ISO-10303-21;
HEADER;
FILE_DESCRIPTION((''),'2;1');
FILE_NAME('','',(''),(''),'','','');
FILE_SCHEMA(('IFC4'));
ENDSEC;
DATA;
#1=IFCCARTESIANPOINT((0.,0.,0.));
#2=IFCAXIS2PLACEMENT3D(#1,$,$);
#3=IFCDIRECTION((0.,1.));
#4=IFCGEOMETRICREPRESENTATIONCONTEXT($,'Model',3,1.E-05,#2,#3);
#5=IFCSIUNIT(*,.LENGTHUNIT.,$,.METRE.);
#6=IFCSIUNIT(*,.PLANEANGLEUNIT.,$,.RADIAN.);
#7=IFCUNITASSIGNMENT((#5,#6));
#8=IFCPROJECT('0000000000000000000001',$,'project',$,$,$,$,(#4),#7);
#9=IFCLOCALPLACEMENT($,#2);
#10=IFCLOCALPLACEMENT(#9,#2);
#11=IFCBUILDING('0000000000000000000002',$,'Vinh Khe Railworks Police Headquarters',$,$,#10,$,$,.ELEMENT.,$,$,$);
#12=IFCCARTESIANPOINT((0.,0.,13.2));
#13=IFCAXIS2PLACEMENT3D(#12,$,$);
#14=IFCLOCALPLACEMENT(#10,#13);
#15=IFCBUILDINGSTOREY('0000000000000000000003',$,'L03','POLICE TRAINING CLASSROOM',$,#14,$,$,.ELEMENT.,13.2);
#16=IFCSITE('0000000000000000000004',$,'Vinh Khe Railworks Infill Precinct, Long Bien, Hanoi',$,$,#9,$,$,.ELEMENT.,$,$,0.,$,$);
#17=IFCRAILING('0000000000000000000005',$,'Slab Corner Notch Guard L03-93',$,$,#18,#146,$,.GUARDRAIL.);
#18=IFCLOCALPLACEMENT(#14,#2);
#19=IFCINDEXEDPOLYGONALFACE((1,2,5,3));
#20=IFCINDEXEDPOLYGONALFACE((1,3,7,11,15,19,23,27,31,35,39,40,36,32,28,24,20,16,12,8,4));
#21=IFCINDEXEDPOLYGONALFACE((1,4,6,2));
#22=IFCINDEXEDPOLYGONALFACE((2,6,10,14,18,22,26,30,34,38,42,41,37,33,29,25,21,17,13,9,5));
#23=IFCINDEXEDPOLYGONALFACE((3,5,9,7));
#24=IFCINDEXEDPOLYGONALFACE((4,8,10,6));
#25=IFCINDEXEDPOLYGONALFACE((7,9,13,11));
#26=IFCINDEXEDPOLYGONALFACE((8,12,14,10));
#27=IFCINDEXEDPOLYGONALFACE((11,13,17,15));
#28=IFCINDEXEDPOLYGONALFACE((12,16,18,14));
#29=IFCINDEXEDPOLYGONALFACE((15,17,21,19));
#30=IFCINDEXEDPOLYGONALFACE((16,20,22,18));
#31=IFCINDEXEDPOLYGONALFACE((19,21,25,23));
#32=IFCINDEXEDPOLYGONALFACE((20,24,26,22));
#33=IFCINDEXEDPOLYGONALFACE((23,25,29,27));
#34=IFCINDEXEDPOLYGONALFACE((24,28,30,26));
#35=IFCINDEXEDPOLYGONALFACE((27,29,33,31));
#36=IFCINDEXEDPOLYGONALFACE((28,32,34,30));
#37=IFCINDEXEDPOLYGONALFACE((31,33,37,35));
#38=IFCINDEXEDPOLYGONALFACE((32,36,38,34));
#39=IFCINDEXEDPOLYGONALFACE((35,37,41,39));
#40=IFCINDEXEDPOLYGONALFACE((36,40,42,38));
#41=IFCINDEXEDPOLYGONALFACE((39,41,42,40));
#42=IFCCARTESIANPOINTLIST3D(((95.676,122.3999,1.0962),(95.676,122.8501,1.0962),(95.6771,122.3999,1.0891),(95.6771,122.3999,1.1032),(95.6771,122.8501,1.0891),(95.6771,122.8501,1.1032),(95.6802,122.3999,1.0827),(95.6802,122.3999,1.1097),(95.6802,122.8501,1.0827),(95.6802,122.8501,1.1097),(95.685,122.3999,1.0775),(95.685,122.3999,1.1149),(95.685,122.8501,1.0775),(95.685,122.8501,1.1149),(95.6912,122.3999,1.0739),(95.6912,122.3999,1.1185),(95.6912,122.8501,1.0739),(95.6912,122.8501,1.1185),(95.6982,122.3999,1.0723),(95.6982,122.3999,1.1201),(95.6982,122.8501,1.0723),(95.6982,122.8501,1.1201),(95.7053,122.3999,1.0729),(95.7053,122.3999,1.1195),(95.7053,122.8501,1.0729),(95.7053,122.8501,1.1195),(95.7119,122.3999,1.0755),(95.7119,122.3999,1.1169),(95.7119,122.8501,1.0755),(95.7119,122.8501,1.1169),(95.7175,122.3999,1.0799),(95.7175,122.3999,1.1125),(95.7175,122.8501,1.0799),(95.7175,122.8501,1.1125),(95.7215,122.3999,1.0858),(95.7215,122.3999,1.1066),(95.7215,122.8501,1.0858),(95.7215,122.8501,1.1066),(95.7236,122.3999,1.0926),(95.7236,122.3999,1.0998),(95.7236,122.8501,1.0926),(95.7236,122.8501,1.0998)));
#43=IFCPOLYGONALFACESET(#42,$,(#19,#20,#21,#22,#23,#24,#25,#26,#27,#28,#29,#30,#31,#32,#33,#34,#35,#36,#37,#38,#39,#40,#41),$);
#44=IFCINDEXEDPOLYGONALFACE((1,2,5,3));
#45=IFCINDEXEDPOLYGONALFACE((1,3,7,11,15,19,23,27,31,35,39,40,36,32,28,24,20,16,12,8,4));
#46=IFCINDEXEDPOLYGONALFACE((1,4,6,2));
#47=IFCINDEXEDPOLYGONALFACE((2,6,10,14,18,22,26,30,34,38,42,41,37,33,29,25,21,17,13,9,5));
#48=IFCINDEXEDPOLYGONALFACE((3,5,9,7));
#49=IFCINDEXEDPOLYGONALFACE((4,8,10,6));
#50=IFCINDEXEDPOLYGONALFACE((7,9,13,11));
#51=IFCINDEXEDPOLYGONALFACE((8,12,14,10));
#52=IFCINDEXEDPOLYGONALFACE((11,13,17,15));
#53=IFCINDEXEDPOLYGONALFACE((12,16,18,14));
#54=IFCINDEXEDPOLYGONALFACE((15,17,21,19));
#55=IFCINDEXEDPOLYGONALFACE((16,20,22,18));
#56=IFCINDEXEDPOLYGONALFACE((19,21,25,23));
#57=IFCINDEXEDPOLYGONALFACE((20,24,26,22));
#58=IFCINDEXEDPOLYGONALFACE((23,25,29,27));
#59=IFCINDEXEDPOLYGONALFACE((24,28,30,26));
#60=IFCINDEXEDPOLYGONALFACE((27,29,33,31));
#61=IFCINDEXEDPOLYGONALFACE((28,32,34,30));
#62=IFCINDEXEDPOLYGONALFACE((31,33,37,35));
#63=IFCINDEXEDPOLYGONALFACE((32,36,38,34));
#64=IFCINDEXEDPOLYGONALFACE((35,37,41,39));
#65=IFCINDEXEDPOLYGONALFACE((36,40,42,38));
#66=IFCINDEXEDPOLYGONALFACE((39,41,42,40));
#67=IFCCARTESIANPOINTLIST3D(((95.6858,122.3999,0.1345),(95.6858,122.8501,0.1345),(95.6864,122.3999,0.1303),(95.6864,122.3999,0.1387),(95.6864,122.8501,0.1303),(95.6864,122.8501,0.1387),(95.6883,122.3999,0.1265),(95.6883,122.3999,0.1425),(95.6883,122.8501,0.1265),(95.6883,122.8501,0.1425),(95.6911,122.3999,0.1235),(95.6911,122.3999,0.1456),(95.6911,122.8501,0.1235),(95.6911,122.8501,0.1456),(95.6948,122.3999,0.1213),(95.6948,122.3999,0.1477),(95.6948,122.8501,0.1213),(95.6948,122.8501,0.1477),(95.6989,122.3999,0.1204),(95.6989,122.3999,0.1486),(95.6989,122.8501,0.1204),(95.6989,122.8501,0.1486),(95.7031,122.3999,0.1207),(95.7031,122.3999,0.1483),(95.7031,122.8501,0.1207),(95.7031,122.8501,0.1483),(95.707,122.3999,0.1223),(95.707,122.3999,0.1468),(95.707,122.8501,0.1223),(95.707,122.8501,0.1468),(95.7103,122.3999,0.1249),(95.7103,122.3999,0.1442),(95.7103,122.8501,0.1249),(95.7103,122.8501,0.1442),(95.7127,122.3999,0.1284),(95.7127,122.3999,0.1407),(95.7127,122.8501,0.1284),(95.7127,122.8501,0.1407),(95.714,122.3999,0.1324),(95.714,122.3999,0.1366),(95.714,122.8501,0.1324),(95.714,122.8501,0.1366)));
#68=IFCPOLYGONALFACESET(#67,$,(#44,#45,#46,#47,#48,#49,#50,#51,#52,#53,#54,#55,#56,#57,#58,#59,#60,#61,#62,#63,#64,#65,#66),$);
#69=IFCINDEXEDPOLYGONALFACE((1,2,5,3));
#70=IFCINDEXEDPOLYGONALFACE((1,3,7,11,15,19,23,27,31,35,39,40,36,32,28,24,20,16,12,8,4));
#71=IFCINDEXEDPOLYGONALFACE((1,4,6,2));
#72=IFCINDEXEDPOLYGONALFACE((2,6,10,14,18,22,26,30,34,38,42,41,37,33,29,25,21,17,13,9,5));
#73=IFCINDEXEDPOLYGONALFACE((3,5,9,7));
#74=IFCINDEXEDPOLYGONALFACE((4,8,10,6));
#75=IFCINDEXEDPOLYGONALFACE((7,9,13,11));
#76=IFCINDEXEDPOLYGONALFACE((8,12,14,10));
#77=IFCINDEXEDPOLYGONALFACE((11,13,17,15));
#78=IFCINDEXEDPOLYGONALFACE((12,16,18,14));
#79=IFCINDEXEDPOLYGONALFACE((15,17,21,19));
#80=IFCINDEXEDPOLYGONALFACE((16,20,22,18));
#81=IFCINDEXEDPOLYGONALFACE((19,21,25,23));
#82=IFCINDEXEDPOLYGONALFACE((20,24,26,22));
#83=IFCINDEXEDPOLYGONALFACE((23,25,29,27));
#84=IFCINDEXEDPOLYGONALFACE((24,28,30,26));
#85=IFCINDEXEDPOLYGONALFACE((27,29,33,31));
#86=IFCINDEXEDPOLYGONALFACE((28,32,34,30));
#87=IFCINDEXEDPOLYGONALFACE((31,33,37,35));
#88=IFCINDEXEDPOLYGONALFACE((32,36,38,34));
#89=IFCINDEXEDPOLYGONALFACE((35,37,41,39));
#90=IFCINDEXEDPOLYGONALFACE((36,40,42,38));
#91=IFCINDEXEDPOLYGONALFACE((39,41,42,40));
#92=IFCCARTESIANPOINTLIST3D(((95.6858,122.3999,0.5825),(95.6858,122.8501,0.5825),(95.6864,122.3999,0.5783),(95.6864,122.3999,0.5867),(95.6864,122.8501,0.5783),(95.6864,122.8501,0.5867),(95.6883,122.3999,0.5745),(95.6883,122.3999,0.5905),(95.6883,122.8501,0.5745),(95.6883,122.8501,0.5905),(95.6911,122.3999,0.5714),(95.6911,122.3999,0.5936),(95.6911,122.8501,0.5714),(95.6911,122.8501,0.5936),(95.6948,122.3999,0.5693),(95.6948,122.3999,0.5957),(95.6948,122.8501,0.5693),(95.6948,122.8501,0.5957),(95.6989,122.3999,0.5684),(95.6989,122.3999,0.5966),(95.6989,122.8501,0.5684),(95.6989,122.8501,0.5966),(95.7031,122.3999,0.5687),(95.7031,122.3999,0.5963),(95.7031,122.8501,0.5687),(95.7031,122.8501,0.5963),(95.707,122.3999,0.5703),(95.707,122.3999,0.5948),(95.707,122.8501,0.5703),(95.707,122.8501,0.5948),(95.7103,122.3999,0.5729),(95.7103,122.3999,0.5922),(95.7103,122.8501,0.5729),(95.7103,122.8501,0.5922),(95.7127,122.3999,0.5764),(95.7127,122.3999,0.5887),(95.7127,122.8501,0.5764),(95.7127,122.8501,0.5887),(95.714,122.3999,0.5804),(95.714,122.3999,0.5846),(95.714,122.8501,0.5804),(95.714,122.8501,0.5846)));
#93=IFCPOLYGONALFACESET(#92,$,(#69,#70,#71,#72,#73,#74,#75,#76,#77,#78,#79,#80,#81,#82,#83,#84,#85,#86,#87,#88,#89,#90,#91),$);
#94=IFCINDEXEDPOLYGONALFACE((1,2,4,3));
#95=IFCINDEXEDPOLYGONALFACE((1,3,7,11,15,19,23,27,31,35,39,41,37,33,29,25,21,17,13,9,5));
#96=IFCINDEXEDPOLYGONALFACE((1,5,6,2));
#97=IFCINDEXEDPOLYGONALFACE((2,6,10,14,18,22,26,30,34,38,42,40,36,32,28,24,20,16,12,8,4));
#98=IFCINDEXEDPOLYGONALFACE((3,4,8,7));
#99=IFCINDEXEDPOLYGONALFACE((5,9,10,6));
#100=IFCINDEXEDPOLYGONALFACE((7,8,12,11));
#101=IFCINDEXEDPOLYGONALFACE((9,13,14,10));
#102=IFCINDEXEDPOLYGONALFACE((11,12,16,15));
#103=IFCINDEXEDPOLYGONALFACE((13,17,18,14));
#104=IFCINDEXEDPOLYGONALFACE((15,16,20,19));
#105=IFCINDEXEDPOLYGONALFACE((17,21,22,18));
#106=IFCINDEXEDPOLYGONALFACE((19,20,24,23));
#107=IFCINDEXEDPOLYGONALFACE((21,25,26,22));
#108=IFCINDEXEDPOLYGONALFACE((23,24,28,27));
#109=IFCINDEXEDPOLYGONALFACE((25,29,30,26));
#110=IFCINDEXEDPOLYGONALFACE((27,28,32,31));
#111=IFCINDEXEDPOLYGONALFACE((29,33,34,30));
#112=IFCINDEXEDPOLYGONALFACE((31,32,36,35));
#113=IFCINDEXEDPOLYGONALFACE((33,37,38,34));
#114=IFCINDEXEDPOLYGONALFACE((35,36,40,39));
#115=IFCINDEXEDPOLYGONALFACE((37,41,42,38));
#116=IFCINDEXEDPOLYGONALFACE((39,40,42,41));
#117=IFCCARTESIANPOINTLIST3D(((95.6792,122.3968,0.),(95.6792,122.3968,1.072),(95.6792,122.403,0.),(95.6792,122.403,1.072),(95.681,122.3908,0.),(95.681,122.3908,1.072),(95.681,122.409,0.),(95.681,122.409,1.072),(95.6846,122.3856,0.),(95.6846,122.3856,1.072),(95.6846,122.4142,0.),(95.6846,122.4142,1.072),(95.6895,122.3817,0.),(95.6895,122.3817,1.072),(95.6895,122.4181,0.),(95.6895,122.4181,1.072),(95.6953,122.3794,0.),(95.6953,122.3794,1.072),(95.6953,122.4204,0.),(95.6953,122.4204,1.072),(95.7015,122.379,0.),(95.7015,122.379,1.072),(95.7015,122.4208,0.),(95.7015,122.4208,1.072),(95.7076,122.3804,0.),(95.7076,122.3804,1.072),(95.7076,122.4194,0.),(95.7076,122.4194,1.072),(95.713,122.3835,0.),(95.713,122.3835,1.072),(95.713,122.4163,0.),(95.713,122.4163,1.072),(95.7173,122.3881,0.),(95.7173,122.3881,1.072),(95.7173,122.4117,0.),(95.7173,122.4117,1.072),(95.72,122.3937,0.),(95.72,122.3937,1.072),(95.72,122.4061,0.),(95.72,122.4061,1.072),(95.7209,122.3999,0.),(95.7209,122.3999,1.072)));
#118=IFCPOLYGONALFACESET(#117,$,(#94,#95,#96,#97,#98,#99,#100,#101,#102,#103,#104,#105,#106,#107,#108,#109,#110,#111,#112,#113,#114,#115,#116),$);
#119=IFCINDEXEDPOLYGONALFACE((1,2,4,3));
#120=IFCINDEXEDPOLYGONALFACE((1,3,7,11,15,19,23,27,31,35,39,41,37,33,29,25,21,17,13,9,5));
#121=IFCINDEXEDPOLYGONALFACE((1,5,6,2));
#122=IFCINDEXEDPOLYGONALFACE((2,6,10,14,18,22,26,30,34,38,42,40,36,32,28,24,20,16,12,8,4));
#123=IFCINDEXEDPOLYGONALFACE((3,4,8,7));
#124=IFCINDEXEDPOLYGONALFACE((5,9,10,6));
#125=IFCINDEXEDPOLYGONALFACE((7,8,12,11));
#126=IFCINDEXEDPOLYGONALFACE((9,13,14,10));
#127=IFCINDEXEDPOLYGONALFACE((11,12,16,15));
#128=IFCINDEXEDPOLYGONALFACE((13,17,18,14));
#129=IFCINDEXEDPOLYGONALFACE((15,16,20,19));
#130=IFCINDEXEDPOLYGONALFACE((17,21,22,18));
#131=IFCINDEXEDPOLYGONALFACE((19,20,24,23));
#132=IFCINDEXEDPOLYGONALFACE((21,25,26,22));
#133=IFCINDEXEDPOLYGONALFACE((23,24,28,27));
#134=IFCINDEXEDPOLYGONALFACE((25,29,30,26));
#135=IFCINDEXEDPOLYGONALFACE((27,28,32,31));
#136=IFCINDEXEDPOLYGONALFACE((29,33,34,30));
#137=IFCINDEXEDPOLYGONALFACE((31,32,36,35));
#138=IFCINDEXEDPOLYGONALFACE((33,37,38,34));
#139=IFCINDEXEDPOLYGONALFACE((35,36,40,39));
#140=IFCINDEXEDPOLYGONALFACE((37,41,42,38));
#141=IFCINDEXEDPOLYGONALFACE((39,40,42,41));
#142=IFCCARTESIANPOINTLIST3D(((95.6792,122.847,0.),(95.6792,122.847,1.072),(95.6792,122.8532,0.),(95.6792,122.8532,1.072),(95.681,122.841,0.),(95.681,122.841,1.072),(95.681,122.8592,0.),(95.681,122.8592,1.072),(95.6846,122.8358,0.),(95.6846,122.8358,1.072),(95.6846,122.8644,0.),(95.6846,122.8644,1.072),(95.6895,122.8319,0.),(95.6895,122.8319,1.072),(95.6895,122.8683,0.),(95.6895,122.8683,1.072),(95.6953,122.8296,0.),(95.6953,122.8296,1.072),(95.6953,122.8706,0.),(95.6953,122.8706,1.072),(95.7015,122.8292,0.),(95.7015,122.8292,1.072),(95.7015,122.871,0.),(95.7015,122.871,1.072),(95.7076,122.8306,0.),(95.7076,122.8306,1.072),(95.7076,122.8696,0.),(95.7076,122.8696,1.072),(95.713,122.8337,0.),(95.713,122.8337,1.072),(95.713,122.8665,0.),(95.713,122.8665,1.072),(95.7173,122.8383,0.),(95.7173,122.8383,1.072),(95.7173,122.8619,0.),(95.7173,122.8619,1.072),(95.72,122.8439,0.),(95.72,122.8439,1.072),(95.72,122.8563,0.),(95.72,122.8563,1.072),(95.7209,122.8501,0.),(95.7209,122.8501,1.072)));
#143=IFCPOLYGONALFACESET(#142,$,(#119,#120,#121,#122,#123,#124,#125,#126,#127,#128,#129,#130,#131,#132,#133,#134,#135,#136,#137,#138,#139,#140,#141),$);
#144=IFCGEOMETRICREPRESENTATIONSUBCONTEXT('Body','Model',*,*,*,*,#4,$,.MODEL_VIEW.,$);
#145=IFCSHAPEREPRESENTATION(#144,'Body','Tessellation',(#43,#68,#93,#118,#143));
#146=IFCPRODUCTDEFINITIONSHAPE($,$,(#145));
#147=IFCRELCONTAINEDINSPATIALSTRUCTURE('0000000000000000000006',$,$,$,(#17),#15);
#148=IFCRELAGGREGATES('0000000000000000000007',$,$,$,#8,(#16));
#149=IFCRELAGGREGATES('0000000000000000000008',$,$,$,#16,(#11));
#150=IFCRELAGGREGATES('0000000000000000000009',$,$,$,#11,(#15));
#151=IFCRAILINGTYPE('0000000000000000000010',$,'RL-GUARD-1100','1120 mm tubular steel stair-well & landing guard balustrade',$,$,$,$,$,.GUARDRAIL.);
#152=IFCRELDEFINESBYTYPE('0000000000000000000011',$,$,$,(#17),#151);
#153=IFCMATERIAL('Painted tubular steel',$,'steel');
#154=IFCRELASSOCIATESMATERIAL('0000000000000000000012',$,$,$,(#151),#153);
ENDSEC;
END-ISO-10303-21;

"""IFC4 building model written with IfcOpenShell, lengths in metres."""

from ifc_helpers import new_model, si_unit, direction, frame, origin, origin_2d, place, context, subcontext, project, spatial, circle, extrude, material, type_object, element, save


model = new_model("IFC4")

# Units and contexts
model_context = context("Model", 3, precision=1e-05, world=origin(), true_north=direction((0.0, 1.0)))
body_context = subcontext(model_context, "Body", "Model", "MODEL_VIEW")
ifc_project = project(units=[si_unit("LENGTHUNIT", "METRE"), si_unit("PLANEANGLEUNIT", "RADIAN")], contexts=[model_context])

# Site, building, storey
site_placement = place(None, origin())
site = spatial("IfcSite", under=ifc_project, at=site_placement, Name="Vinh Khe Railworks Infill Precinct, Long Bien, Hanoi", CompositionType="ELEMENT", RefElevation=0.0)
building_placement = place(site_placement, origin())
building = spatial("IfcBuilding", under=site, at=building_placement, Name="Vinh Khe Railworks Police Headquarters", CompositionType="ELEMENT")
storey_placement = place(building_placement, frame((0.0, 0.0, 13.2)))
storey = spatial("IfcBuildingStorey", under=building, at=storey_placement, Name="L03", Description="POLICE TRAINING CLASSROOM", CompositionType="ELEMENT", Elevation=13.2)

# Railing
ifc_material_1 = material(Name="Painted tubular steel", Category="steel")
railing_type = type_object("IfcRailingType", Name="RL-GUARD-1100", Description="1120 mm tubular steel stair-well & landing guard balustrade", PredefinedType="GUARDRAIL", material=ifc_material_1)
railing_1_placement = place(storey_placement, frame((95.7, 122.3999, 0.0)))
element("IfcRailing", 1, at=railing_1_placement, inside=storey, type_object=railing_type, Name="Slab Corner Notch Guard L03-93", PredefinedType="GUARDRAIL", context=body_context, shape_type="SweptSolid", body=[
    extrude(circle(Radius=0.0239, at=origin_2d()), frame((0.0, 0.0, 1.0962), z_axis=(0.0, 1.0, 0.0), x_axis=(-1.0, 0.0, 0.0)), (0.0, 0.0, 1.0), 0.4502),
    extrude(circle(Radius=0.0142, at=origin_2d()), frame((0.0, 0.0, 0.1345), z_axis=(0.0, 1.0, 0.0), x_axis=(-1.0, 0.0, 0.0)), (0.0, 0.0, 1.0), 0.4502),
    extrude(circle(Radius=0.0142, at=origin_2d()), frame((0.0, 0.0, 0.5825), z_axis=(0.0, 1.0, 0.0), x_axis=(-1.0, 0.0, 0.0)), (0.0, 0.0, 1.0), 0.4502),
    extrude(circle(Radius=0.021, at=origin_2d()), origin(), (0.0, 0.0, 1.0), 1.072),
    extrude(circle(Radius=0.021, at=origin_2d()), frame((0.0, 0.4502, 0.0)), (0.0, 0.0, 1.0), 1.072),
])

save(model, "model.ifc")
